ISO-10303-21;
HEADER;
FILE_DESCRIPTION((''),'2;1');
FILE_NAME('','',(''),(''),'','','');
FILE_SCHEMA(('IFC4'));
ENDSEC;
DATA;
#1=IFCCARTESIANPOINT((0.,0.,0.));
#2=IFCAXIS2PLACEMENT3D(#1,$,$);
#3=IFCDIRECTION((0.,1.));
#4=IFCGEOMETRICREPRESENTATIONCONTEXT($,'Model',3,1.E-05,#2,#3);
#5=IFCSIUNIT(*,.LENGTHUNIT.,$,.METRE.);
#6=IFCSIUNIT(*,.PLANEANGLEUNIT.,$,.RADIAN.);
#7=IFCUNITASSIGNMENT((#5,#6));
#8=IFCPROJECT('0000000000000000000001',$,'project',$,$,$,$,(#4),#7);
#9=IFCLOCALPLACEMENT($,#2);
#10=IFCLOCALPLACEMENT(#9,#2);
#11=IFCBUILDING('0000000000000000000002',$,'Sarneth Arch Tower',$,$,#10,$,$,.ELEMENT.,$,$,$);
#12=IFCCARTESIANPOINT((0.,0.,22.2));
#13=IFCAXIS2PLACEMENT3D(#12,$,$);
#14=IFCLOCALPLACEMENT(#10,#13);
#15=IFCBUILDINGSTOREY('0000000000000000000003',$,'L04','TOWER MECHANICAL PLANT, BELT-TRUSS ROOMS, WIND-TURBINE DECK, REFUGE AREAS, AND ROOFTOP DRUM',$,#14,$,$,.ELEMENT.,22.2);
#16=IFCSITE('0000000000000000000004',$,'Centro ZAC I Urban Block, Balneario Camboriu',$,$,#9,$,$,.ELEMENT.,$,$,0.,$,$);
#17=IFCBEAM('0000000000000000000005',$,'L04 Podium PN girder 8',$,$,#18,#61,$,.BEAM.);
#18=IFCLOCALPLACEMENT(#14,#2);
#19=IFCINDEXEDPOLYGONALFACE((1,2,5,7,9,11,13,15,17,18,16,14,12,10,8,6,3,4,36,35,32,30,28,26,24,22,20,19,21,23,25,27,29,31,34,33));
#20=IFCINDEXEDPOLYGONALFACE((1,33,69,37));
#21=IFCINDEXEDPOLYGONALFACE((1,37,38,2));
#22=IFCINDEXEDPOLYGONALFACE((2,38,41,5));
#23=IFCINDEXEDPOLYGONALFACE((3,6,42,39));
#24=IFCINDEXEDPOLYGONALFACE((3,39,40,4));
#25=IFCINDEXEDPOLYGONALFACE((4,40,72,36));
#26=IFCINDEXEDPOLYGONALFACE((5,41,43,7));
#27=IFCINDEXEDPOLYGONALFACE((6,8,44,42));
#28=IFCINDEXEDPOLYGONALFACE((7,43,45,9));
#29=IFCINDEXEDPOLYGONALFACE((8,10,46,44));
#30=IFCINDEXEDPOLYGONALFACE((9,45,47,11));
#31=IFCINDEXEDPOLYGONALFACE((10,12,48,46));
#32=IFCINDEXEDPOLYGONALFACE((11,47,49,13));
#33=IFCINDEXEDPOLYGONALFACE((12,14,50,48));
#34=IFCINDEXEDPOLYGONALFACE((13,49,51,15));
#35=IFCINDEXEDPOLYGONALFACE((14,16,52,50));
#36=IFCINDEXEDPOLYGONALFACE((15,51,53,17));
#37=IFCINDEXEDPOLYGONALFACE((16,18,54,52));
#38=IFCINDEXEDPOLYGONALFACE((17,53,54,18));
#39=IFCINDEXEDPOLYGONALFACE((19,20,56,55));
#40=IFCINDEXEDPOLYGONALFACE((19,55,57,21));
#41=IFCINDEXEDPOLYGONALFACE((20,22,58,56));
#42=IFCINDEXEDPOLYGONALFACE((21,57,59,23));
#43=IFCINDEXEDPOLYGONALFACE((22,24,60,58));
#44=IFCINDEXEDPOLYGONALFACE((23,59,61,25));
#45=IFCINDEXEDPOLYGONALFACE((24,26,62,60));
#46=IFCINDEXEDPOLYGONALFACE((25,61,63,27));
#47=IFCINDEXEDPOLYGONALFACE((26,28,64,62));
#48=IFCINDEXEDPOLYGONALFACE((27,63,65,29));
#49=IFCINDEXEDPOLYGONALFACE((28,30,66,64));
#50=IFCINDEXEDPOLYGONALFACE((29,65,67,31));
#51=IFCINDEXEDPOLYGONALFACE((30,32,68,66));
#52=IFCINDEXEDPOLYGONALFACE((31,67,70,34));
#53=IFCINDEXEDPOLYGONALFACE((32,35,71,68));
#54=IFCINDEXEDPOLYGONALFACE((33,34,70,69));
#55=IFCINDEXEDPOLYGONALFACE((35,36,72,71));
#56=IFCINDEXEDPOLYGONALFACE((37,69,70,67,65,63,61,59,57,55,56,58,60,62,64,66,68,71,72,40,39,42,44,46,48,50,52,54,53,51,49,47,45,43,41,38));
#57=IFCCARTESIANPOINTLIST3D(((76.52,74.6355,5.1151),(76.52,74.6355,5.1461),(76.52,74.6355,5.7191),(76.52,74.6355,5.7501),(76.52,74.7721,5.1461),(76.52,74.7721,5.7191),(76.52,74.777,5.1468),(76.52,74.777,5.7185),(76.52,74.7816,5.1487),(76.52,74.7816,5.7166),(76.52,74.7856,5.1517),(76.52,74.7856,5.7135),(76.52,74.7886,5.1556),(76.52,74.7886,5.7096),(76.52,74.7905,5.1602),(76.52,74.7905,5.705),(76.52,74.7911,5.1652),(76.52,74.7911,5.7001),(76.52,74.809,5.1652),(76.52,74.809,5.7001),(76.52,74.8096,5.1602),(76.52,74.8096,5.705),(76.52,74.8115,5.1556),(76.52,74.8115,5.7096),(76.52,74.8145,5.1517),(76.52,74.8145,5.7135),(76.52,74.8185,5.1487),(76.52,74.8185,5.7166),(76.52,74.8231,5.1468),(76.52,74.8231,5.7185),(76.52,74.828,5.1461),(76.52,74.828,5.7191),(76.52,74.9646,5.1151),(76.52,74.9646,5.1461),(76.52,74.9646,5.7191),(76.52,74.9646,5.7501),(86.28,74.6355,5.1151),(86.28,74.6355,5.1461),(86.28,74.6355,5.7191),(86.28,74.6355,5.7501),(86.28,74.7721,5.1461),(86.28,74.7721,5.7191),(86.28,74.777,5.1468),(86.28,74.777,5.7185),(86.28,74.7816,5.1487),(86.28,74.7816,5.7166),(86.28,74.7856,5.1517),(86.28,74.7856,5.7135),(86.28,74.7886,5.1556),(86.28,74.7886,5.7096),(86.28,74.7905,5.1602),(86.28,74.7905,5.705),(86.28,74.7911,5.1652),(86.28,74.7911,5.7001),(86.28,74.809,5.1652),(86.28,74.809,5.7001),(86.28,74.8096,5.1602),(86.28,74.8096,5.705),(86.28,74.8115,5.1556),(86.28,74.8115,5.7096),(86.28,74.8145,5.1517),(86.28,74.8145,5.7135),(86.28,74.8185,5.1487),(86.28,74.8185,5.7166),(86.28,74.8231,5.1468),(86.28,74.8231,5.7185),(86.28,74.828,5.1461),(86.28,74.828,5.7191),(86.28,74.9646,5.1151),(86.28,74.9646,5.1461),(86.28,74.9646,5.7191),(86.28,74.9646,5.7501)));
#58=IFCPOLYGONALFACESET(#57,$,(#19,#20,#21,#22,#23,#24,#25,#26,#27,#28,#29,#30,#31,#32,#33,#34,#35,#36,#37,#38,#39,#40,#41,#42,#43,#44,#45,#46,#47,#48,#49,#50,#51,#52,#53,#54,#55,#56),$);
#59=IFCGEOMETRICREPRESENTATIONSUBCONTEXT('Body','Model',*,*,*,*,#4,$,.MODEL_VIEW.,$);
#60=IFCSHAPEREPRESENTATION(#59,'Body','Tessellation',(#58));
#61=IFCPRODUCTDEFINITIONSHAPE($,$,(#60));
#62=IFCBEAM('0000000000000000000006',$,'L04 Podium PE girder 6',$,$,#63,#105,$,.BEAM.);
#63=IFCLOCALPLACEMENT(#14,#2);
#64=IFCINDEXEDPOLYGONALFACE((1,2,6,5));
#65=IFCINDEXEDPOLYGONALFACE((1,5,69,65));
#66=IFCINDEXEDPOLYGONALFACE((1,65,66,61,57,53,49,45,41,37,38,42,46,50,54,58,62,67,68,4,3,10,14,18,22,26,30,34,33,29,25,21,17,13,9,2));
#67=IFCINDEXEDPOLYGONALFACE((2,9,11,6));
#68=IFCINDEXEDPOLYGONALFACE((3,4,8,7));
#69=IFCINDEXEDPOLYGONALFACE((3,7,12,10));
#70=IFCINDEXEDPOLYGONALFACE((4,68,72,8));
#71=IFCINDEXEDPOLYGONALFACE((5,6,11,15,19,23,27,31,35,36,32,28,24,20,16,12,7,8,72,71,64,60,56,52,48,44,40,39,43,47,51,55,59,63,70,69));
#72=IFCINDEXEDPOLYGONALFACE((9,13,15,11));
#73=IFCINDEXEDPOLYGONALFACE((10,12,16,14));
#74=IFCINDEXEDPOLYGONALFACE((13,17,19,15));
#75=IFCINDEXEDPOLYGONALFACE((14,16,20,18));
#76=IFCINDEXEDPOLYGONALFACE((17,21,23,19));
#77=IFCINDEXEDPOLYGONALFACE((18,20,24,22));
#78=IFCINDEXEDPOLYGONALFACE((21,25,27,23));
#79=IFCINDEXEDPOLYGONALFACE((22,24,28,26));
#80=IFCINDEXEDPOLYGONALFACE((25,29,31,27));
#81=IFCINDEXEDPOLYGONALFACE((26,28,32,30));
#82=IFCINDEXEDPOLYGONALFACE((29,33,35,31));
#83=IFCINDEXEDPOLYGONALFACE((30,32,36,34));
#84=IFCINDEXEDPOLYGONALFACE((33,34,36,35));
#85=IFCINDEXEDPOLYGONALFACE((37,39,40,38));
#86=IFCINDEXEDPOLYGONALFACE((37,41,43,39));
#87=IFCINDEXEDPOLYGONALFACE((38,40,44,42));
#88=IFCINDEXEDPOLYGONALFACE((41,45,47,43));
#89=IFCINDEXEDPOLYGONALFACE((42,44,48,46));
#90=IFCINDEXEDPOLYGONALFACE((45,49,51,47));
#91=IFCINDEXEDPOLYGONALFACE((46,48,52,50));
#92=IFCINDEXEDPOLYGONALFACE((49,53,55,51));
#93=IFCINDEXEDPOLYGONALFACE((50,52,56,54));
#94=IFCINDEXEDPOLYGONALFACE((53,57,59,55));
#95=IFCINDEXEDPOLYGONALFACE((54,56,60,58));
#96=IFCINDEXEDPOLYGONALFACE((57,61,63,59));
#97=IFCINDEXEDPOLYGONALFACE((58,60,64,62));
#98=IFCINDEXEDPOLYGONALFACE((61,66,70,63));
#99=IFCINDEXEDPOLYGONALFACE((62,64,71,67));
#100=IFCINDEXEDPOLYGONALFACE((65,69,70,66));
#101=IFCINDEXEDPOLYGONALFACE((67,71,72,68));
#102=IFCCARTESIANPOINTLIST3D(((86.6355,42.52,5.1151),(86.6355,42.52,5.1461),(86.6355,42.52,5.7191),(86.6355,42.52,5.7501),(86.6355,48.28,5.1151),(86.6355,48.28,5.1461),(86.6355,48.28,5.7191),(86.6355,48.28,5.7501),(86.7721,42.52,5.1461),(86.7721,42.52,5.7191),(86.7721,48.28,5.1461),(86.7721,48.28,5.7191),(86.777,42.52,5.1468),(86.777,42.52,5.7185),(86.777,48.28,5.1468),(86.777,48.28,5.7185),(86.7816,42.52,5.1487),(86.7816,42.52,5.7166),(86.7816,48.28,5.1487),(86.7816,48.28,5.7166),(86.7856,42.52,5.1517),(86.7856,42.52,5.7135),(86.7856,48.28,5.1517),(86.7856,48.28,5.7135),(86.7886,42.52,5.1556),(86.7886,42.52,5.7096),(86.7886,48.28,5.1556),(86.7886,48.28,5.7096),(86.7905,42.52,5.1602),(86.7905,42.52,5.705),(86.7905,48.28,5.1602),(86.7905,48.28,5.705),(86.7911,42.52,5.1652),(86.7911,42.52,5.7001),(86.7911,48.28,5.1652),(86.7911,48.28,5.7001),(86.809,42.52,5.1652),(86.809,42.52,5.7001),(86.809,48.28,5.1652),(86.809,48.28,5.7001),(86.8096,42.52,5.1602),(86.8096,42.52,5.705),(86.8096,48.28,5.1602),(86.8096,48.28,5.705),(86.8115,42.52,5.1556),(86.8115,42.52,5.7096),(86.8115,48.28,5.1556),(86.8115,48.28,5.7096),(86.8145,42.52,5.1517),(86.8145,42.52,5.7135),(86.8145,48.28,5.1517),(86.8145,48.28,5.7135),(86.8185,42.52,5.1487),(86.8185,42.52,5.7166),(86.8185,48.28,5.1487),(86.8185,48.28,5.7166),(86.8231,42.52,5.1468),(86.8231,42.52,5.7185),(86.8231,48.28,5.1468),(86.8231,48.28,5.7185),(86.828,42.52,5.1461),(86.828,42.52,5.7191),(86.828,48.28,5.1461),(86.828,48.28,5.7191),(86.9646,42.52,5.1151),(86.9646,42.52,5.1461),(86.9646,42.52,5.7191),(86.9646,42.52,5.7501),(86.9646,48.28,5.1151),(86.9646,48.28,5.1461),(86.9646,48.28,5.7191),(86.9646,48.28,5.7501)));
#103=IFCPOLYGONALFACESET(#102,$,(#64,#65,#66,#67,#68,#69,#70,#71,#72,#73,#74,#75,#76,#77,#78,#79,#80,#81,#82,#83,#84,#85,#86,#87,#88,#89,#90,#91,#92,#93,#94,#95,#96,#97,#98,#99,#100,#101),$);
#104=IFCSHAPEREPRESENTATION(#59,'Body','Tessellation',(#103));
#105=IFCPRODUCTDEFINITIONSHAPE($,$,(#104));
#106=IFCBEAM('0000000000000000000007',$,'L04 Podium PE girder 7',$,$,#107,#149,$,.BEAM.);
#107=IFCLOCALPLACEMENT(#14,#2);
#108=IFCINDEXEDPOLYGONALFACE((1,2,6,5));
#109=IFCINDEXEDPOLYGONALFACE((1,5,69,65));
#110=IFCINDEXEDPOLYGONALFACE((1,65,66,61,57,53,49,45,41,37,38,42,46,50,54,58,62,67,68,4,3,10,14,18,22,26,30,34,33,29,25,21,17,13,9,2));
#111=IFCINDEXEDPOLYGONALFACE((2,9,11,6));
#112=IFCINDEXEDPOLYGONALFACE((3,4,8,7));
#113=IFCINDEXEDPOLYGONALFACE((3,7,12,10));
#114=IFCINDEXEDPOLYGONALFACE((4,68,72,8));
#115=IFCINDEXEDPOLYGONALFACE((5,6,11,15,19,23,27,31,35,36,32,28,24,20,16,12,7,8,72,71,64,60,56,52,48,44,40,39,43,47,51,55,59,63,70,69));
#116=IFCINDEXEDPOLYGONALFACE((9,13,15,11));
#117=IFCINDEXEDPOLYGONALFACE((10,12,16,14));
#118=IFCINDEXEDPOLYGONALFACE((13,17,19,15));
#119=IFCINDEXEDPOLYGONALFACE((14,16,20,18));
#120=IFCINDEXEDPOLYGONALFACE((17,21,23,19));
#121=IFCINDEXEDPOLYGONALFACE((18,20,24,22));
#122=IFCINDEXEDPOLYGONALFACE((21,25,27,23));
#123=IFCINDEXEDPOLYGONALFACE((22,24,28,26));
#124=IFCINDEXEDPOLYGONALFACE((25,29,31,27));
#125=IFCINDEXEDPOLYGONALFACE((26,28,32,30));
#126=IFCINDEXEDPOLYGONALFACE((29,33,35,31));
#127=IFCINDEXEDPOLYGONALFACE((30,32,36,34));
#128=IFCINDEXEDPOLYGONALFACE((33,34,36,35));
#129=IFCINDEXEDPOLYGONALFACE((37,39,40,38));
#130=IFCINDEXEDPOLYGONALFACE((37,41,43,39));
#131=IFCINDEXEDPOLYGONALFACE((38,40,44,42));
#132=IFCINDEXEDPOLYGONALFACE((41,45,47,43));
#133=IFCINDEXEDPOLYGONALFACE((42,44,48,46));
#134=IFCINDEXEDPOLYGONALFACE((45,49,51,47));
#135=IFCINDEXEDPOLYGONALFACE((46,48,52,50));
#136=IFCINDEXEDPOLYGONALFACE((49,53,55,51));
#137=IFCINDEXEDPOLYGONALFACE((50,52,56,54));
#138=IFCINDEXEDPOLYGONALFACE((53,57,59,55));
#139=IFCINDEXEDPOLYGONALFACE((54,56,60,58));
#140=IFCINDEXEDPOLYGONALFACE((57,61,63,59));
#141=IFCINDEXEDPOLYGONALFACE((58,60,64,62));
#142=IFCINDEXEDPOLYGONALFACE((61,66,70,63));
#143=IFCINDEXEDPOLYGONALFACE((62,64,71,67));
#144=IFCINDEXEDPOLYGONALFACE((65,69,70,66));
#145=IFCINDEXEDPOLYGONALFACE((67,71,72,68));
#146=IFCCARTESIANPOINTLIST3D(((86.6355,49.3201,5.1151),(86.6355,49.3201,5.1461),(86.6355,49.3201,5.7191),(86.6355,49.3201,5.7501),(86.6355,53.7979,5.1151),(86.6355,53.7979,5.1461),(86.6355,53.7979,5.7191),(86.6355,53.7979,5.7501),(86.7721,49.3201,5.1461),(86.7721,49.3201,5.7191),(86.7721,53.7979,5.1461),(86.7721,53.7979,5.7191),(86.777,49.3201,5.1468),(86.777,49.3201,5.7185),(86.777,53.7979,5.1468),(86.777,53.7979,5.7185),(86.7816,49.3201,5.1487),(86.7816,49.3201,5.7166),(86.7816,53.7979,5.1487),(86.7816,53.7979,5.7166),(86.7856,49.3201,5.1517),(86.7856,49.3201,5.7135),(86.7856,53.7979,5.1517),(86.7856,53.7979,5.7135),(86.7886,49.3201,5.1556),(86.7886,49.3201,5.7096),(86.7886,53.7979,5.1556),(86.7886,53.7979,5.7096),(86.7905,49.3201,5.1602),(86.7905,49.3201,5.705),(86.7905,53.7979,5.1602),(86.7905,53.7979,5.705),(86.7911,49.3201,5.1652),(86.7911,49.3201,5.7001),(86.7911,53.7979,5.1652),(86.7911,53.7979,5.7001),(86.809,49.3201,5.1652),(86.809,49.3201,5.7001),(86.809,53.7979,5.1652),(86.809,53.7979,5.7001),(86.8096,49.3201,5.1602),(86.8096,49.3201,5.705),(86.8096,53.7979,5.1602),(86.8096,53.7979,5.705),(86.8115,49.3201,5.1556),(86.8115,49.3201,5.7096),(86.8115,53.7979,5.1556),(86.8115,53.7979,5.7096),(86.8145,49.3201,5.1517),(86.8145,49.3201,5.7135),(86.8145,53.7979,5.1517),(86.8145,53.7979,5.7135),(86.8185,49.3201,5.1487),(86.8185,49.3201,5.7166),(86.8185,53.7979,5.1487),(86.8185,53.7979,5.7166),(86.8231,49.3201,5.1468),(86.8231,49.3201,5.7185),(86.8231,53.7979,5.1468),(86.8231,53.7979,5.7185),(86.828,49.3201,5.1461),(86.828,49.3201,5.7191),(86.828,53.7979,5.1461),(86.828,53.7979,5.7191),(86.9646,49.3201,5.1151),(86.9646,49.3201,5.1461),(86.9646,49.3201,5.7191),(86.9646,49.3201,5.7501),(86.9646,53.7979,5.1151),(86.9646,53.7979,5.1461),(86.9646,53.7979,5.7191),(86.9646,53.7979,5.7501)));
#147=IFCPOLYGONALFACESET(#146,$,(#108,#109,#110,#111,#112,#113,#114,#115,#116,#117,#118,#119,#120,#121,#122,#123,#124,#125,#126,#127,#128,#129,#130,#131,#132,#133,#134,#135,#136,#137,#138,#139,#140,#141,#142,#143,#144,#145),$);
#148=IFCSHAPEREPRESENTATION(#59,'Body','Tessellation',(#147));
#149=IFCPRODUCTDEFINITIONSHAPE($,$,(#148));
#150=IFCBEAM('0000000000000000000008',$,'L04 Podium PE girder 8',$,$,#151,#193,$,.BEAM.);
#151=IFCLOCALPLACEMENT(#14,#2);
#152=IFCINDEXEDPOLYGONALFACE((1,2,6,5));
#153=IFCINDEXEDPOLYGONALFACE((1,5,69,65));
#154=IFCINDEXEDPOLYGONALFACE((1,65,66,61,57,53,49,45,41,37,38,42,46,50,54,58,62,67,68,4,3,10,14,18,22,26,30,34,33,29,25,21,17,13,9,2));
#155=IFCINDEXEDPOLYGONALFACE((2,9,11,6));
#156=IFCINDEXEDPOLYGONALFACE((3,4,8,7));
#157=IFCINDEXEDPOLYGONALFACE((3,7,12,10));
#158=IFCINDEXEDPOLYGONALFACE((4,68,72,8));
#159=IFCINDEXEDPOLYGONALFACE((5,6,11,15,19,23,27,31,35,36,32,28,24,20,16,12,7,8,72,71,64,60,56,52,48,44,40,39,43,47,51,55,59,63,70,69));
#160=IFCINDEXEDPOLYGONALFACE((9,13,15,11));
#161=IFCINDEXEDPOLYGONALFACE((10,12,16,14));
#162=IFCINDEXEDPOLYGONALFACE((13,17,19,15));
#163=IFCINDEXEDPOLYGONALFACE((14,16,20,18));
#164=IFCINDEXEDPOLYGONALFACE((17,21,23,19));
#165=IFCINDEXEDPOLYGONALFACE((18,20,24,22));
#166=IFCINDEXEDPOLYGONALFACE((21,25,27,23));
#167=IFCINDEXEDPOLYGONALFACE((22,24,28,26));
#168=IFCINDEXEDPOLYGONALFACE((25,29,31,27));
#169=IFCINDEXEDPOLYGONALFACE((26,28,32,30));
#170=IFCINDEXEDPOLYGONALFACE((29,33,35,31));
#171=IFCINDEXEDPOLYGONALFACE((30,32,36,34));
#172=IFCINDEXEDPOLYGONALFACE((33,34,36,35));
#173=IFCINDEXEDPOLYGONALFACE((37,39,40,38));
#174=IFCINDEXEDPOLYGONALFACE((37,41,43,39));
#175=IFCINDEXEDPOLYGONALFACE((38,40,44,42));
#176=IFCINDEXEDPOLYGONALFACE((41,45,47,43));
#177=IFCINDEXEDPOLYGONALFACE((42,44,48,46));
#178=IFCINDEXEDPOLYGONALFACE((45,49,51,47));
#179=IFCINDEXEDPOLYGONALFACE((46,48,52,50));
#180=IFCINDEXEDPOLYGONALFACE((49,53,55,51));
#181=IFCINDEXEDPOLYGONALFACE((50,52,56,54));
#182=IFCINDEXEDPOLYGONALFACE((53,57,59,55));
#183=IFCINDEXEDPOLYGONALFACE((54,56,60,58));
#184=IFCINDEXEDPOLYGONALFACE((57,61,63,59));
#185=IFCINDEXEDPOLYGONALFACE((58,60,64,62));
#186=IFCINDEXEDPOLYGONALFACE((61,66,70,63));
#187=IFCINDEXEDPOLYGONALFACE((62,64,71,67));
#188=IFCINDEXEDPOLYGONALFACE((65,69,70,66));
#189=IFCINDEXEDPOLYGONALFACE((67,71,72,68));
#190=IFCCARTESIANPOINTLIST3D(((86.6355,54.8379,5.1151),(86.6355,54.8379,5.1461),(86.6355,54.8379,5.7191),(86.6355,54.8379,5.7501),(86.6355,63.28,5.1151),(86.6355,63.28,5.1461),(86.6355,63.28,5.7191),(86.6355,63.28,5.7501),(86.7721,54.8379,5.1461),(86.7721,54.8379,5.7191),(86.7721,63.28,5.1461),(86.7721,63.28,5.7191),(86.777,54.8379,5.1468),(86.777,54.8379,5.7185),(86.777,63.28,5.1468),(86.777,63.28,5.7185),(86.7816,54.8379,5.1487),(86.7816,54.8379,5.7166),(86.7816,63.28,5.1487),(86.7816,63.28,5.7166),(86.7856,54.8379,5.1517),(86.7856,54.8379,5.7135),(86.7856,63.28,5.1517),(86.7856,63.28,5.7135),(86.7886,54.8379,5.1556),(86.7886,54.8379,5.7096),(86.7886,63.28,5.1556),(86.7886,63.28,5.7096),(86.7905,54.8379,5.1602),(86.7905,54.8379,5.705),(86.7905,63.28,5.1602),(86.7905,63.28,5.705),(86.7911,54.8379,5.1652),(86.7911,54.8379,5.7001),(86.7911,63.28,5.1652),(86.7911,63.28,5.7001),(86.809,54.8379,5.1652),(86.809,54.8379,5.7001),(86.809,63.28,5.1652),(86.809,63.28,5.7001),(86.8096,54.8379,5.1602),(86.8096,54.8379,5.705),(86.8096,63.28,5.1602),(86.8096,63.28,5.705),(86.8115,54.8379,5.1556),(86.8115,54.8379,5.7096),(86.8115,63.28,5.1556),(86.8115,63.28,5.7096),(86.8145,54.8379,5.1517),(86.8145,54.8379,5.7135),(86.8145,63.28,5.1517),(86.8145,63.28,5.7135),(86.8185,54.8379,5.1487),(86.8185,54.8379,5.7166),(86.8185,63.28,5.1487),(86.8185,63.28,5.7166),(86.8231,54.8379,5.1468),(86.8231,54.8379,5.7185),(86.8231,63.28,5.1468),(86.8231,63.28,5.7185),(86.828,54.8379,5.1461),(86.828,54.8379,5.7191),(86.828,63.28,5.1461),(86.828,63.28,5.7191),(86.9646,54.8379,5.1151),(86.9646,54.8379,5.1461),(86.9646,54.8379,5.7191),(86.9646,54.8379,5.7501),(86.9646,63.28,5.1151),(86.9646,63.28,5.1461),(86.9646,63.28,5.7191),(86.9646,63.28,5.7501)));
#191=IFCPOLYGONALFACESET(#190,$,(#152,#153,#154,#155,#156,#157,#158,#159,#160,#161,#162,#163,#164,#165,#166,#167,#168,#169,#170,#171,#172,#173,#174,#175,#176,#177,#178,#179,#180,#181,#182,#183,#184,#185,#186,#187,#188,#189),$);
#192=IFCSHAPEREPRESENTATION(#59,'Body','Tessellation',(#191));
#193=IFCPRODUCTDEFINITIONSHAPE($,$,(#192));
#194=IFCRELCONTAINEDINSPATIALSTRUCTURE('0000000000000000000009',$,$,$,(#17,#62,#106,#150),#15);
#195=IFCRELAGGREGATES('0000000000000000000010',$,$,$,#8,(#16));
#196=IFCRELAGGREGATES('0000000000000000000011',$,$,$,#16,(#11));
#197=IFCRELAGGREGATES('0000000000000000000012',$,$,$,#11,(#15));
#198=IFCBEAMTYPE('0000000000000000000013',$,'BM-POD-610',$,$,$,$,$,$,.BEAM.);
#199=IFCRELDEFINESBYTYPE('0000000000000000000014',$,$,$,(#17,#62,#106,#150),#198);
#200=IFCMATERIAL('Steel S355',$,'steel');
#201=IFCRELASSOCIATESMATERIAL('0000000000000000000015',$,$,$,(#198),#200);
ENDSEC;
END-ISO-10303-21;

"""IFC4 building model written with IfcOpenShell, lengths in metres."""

from ifc_helpers import new_model, si_unit, direction, frame, origin, origin_2d, place, context, subcontext, project, spatial, i_section, extrude, material, material_profile, profile_set, type_object, element, save


model = new_model("IFC4")

# Units and contexts
model_context = context("Model", 3, precision=1e-05, world=origin(), true_north=direction((0.0, 1.0)))
body_context = subcontext(model_context, "Body", "Model", "MODEL_VIEW")
ifc_project = project(units=[si_unit("LENGTHUNIT", "METRE"), si_unit("PLANEANGLEUNIT", "RADIAN")], contexts=[model_context])

# Site, building, storey
site_placement = place(None, origin())
site = spatial("IfcSite", under=ifc_project, at=site_placement, Name="Centro ZAC I Urban Block, Balneario Camboriu", CompositionType="ELEMENT", RefElevation=0.0)
building_placement = place(site_placement, origin())
building = spatial("IfcBuilding", under=site, at=building_placement, Name="Sarneth Arch Tower", CompositionType="ELEMENT")
storey_placement = place(building_placement, frame((0.0, 0.0, 22.2)))
storey = spatial("IfcBuildingStorey", under=building, at=storey_placement, Name="L04", Description="TOWER MECHANICAL PLANT, BELT-TRUSS ROOMS, WIND-TURBINE DECK, REFUGE AREAS, AND ROOFTOP DRUM", CompositionType="ELEMENT", Elevation=22.2)

# Beams
ifc_material_1 = material(Name="Steel S355", Category="steel")
ifc_material_profile_1 = material_profile(ifc_material_1, i_section(OverallWidth=0.3291, OverallDepth=0.635, WebThickness=0.0178, FlangeThickness=0.031, FilletRadius=0.019, at=origin_2d()), Name="W610x241")
ifc_profile_set_1 = profile_set([ifc_material_profile_1], Name="Steel S355")
beam_type_1 = type_object("IfcBeamType", Name="BM-POD-610", PredefinedType="BEAM", material=ifc_profile_set_1)
beam_1_placement = place(storey_placement, frame((76.52, 74.8, 5.4326), z_axis=(1.0, 0.0, 0.0), x_axis=(0.0, 1.0, 0.0)))
element("IfcBeam", 1, at=beam_1_placement, inside=storey, type_object=beam_type_1, Name="L04 Podium PN girder 8", PredefinedType="BEAM", context=body_context, shape_type="SweptSolid", body=[
    extrude(i_section(OverallWidth=0.3291, OverallDepth=0.635, WebThickness=0.0178, FlangeThickness=0.031, FilletRadius=0.019, at=origin_2d()), origin(), (0.0, 0.0, 1.0), 9.76),
])
beam_2_placement = place(storey_placement, frame((86.8, 42.52, 5.4326), z_axis=(0.0, 1.0, 0.0), x_axis=(-1.0, 0.0, 0.0)))
element("IfcBeam", 2, at=beam_2_placement, inside=storey, type_object=beam_type_1, Name="L04 Podium PE girder 6", PredefinedType="BEAM", context=body_context, shape_type="SweptSolid", body=[
    extrude(i_section(OverallWidth=0.3291, OverallDepth=0.635, WebThickness=0.0178, FlangeThickness=0.031, FilletRadius=0.019, at=origin_2d()), origin(), (0.0, 0.0, 1.0), 5.76),
])
beam_3_placement = place(storey_placement, frame((86.8, 49.3201, 5.4326), z_axis=(0.0, 1.0, 0.0), x_axis=(-1.0, 0.0, 0.0)))
element("IfcBeam", 3, at=beam_3_placement, inside=storey, type_object=beam_type_1, Name="L04 Podium PE girder 7", PredefinedType="BEAM", context=body_context, shape_type="SweptSolid", body=[
    extrude(i_section(OverallWidth=0.3291, OverallDepth=0.635, WebThickness=0.0178, FlangeThickness=0.031, FilletRadius=0.019, at=origin_2d()), origin(), (0.0, 0.0, 1.0), 4.4778),
])
beam_4_placement = place(storey_placement, frame((86.8, 54.8379, 5.4326), z_axis=(0.0, 1.0, 0.0), x_axis=(-1.0, 0.0, 0.0)))
element("IfcBeam", 4, at=beam_4_placement, inside=storey, type_object=beam_type_1, Name="L04 Podium PE girder 8", PredefinedType="BEAM", context=body_context, shape_type="SweptSolid", body=[
    extrude(i_section(OverallWidth=0.3291, OverallDepth=0.635, WebThickness=0.0178, FlangeThickness=0.031, FilletRadius=0.019, at=origin_2d()), origin(), (0.0, 0.0, 1.0), 8.4421),
])

save(model, "model.ifc")
